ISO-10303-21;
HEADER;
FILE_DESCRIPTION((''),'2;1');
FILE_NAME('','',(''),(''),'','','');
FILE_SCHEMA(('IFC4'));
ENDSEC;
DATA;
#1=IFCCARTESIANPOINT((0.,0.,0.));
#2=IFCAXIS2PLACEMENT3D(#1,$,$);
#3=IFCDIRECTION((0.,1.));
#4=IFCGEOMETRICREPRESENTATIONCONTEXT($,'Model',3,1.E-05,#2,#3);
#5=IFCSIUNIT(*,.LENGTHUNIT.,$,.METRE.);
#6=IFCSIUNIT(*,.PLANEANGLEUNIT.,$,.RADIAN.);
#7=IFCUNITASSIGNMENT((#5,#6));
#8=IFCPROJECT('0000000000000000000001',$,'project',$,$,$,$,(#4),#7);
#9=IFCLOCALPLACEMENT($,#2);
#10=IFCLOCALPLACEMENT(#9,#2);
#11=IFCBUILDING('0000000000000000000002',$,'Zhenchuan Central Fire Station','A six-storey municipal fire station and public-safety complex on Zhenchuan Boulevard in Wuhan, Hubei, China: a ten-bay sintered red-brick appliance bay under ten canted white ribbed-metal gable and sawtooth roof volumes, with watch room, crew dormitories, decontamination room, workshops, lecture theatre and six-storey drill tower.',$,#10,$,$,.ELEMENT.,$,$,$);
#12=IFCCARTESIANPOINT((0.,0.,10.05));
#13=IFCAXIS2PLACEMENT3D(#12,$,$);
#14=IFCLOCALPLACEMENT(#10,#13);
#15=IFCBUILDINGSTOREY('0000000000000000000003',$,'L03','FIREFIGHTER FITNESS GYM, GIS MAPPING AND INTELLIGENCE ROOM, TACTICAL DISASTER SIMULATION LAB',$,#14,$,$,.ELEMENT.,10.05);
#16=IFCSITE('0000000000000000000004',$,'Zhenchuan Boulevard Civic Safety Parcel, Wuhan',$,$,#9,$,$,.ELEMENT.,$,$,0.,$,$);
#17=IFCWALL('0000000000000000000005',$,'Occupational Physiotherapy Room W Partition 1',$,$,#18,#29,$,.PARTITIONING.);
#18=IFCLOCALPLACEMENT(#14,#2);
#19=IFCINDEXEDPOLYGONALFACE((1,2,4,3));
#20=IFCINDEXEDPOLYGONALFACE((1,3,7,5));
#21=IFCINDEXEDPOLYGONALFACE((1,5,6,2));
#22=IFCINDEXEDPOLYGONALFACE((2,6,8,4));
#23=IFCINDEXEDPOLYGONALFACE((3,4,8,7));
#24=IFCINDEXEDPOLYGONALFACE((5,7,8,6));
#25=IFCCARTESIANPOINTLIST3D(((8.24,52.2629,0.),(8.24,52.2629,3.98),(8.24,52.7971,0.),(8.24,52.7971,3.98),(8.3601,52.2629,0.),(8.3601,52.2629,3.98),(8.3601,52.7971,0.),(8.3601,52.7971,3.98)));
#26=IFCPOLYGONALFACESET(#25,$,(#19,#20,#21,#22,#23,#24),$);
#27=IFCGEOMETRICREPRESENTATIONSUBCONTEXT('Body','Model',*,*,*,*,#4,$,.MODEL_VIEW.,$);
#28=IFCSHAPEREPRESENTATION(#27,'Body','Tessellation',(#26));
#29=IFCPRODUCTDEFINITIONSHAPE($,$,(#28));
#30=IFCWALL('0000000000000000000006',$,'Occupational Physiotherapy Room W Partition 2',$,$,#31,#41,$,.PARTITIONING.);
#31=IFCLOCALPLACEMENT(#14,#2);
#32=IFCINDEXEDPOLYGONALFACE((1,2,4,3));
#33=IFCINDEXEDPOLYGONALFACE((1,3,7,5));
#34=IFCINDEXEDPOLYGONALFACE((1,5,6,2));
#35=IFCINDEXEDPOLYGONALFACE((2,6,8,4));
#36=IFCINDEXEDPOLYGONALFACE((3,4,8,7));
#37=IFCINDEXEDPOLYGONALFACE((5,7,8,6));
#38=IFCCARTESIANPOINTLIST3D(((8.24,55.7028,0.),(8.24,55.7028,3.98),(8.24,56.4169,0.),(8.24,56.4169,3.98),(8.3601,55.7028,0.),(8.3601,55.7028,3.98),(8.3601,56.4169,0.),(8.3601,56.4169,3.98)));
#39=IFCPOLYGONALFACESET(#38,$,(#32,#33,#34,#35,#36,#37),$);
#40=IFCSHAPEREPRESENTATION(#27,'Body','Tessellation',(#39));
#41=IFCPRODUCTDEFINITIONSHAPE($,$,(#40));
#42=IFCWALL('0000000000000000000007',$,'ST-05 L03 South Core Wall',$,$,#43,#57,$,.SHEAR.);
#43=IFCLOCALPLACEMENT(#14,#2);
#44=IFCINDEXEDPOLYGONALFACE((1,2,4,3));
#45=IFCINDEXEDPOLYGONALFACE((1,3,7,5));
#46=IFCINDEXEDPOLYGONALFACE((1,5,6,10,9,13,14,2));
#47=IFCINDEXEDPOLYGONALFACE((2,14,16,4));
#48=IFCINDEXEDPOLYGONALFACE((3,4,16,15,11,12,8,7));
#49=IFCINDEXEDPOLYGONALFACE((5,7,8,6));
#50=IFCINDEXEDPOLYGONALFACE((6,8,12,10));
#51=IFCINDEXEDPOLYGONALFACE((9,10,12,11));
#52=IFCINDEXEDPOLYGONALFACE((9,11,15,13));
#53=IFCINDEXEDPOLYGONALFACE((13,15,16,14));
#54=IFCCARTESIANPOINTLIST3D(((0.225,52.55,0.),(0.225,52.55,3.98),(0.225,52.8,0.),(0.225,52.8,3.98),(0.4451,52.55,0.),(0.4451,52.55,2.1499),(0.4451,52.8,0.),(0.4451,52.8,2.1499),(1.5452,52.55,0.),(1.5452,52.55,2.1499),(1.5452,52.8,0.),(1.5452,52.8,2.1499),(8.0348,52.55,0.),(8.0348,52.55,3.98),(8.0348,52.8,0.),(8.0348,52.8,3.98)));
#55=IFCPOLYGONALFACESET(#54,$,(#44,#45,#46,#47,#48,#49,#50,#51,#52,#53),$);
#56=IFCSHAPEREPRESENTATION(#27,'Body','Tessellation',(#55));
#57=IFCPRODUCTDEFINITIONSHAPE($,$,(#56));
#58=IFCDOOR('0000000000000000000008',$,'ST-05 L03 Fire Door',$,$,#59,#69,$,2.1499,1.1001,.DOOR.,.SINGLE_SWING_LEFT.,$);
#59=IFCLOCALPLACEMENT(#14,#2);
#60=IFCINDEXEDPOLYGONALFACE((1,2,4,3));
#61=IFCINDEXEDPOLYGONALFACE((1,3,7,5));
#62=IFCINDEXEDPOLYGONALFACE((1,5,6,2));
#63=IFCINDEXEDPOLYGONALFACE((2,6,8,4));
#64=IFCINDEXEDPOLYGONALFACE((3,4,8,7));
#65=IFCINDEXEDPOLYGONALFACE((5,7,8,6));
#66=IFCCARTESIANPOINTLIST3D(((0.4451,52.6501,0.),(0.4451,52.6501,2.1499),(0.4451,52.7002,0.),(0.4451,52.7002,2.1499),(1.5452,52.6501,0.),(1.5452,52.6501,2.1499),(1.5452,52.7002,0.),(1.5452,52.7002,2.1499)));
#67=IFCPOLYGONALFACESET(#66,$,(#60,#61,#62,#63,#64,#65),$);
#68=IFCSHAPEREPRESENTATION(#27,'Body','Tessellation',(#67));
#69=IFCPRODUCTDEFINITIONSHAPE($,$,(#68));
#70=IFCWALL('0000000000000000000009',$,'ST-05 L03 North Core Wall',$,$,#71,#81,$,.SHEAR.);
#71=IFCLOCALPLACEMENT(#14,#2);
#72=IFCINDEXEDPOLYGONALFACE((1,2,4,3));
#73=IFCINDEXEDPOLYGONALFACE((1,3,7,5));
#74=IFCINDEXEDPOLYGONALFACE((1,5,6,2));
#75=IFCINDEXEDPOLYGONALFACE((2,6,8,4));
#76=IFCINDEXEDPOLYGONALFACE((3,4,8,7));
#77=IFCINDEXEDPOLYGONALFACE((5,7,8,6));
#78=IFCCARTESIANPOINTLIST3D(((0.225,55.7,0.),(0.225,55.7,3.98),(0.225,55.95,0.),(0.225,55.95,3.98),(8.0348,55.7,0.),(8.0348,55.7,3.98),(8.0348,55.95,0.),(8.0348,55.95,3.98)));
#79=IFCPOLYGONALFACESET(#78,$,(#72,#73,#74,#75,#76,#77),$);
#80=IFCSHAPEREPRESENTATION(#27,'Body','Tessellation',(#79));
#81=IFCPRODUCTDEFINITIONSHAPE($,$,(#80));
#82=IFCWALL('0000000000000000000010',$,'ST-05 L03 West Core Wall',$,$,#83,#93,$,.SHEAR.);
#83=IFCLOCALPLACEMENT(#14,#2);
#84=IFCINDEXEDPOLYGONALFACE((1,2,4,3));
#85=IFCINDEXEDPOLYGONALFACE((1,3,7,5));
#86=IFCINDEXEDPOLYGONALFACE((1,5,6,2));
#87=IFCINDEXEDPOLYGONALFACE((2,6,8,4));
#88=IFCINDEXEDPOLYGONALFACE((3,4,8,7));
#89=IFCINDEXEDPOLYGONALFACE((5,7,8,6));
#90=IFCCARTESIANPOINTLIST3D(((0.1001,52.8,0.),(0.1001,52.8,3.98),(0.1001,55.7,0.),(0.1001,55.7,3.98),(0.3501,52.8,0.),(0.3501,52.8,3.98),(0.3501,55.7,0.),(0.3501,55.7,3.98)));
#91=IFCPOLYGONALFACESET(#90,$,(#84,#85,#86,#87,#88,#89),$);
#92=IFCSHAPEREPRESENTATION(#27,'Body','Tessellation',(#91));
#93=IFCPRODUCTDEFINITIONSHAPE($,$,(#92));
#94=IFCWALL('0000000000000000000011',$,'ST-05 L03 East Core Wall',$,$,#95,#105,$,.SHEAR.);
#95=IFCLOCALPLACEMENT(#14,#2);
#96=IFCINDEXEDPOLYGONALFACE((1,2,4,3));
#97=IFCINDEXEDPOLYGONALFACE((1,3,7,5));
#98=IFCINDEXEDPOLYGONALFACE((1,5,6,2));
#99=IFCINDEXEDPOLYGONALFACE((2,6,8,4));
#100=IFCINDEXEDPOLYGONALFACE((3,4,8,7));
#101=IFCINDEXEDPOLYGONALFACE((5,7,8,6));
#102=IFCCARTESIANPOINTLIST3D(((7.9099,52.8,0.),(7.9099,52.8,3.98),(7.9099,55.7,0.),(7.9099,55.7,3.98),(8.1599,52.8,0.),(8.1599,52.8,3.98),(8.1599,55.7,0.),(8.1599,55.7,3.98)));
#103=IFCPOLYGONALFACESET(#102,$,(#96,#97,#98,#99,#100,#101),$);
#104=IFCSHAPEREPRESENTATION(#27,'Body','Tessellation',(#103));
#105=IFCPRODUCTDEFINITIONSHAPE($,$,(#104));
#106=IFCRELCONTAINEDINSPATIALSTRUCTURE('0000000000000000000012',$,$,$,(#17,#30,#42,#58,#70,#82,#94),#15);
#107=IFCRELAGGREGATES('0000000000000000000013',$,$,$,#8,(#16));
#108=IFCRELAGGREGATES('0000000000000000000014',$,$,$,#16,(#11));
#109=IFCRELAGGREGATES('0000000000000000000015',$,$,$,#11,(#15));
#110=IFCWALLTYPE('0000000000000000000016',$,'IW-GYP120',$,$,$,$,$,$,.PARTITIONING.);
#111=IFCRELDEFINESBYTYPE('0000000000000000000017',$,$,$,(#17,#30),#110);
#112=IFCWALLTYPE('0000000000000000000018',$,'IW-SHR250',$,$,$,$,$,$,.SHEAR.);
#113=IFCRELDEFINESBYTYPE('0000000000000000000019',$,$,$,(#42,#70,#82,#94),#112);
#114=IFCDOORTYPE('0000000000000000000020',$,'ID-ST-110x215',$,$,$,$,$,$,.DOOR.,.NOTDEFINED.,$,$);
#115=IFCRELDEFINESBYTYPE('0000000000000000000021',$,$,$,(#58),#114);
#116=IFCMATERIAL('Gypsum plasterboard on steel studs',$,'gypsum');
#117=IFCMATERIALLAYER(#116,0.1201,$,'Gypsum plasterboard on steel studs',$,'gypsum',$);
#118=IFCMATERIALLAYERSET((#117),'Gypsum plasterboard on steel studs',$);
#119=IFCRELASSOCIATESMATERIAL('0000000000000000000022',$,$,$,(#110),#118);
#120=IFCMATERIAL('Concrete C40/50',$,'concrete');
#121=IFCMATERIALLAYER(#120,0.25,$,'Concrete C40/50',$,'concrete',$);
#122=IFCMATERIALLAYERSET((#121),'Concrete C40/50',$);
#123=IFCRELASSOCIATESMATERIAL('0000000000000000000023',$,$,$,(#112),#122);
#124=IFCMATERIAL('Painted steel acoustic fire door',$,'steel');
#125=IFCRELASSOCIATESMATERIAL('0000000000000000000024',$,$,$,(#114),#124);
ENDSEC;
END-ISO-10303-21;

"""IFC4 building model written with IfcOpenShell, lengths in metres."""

from ifc_helpers import new_model, si_unit, direction, frame, frame_2d, origin, place, context, subcontext, project, spatial, rectangle, extrude, material, layer, layer_set, type_object, element, fill, save


model = new_model("IFC4")

# Units and contexts
model_context = context("Model", 3, precision=1e-05, world=origin(), true_north=direction((0.0, 1.0)))
body_context = subcontext(model_context, "Body", "Model", "MODEL_VIEW")
ifc_project = project(units=[si_unit("LENGTHUNIT", "METRE"), si_unit("PLANEANGLEUNIT", "RADIAN")], contexts=[model_context])

# Site, building, storey
site_placement = place(None, origin())
site = spatial("IfcSite", under=ifc_project, at=site_placement, Name="Zhenchuan Boulevard Civic Safety Parcel, Wuhan", CompositionType="ELEMENT", RefElevation=0.0)
building_placement = place(site_placement, origin())
building = spatial("IfcBuilding", under=site, at=building_placement, Name="Zhenchuan Central Fire Station", Description="A six-storey municipal fire station and public-safety complex on Zhenchuan Boulevard in Wuhan, Hubei, China: a ten-bay sintered red-brick appliance bay under ten canted white ribbed-metal gable and sawtooth roof volumes, with watch room, crew dormitories, decontamination room, workshops, lecture theatre and six-storey drill tower.", CompositionType="ELEMENT")
storey_placement = place(building_placement, frame((0.0, 0.0, 10.05)))
storey = spatial("IfcBuildingStorey", under=building, at=storey_placement, Name="L03", Description="FIREFIGHTER FITNESS GYM, GIS MAPPING AND INTELLIGENCE ROOM, TACTICAL DISASTER SIMULATION LAB", CompositionType="ELEMENT", Elevation=10.05)

# Shared definitions
ifc_material_1 = material(Name="Gypsum plasterboard on steel studs", Category="gypsum")
ifc_layer_1 = layer(ifc_material_1, 0.1201, Name="Gypsum plasterboard on steel studs", Category="gypsum")
ifc_layer_set_1 = layer_set([ifc_layer_1], Name="Gypsum plasterboard on steel studs")
wall_type_1 = type_object("IfcWallType", Name="IW-GYP120", PredefinedType="PARTITIONING", material=ifc_layer_set_1)

# Walls
wall_1_placement = place(storey_placement, frame((8.3, 52.2629, 0.0), z_axis=(0.0, 0.0, 1.0), x_axis=(0.0, 1.0, 0.0)))
element("IfcWall", 1, at=wall_1_placement, inside=storey, type_object=wall_type_1, Name="Occupational Physiotherapy Room W Partition 1", PredefinedType="PARTITIONING", context=body_context, shape_type="SweptSolid", body=[
    extrude(rectangle(XDim=0.5342, YDim=0.1201, at=frame_2d((0.2671, 0.0))), origin(), (0.0, 0.0, 1.0), 3.98),
])
wall_2_placement = place(storey_placement, frame((8.3, 55.7029, 0.0), z_axis=(0.0, 0.0, 1.0), x_axis=(0.0, 1.0, 0.0)))
element("IfcWall", 2, at=wall_2_placement, inside=storey, type_object=wall_type_1, Name="Occupational Physiotherapy Room W Partition 2", PredefinedType="PARTITIONING", context=body_context, shape_type="SweptSolid", body=[
    extrude(rectangle(XDim=0.7141, YDim=0.1201, at=frame_2d((0.3569, 0.0))), origin(), (0.0, 0.0, 1.0), 3.98),
])

# Wall, opening, door
ifc_material_2 = material(Name="Concrete C40/50", Category="concrete")
ifc_layer_2 = layer(ifc_material_2, 0.25, Name="Concrete C40/50", Category="concrete")
ifc_layer_set_2 = layer_set([ifc_layer_2], Name="Concrete C40/50")
wall_type_2 = type_object("IfcWallType", Name="IW-SHR250", PredefinedType="SHEAR", material=ifc_layer_set_2)
wall_3_placement = place(storey_placement, frame((0.2251, 52.675, 0.0), z_axis=(0.0, 0.0, 1.0), x_axis=(1.0, 0.0, 0.0)))
wall_3 = element("IfcWall", 3, at=wall_3_placement, inside=storey, type_object=wall_type_2, Name="ST-05 L03 South Core Wall", PredefinedType="SHEAR", context=body_context, shape_type="SweptSolid", body=[
    extrude(rectangle(XDim=7.8098, YDim=0.25, at=frame_2d((3.9048, 0.0))), origin(), (0.0, 0.0, 1.0), 3.98),
])
opening_1_placement = place(wall_3_placement, frame((0.22, 0.0, 0.0)))
opening_1 = element("IfcOpeningElement", 4, at=opening_1_placement, cuts=wall_3, PredefinedType="OPENING", context=body_context, shape_type="SweptSolid", body=[
    extrude(rectangle(XDim=1.1001, YDim=2.1499, at=frame_2d((0.55, 1.075))), frame((0.0, 0.135, 0.0), z_axis=(0.0, -1.0, 0.0), x_axis=(1.0, 0.0, 0.0)), (0.0, 0.0, 1.0), 0.27),
])
ifc_material_3 = material(Name="Painted steel acoustic fire door", Category="steel")
door_type_1 = type_object("IfcDoorType", Name="ID-ST-110x215", OperationType="NOTDEFINED", PredefinedType="DOOR", material=ifc_material_3)
door_1_placement = place(opening_1_placement, frame((1.1001, 0.0, 0.0), z_axis=(0.0, 0.0, 1.0), x_axis=(-1.0, 0.0, 0.0)))
door_1 = element("IfcDoor", 5, at=door_1_placement, inside=storey, type_object=door_type_1, Name="ST-05 L03 Fire Door", OperationType="SINGLE_SWING_LEFT", OverallHeight=2.1499, OverallWidth=1.1001, PredefinedType="DOOR", context=body_context, shape_type="SweptSolid", body=[
    extrude(rectangle(XDim=1.1001, YDim=2.1499, at=frame_2d((0.55, 1.075))), frame((0.0, 0.0249, 0.0), z_axis=(0.0, -1.0, 0.0), x_axis=(1.0, 0.0, 0.0)), (0.0, 0.0, 1.0), 0.05),
])
fill(opening_1, door_1)

# Walls
wall_4_placement = place(storey_placement, frame((0.2251, 55.825, 0.0), z_axis=(0.0, 0.0, 1.0), x_axis=(1.0, 0.0, 0.0)))
element("IfcWall", 6, at=wall_4_placement, inside=storey, type_object=wall_type_2, Name="ST-05 L03 North Core Wall", PredefinedType="SHEAR", context=body_context, shape_type="SweptSolid", body=[
    extrude(rectangle(XDim=7.8098, YDim=0.25, at=frame_2d((3.9048, 0.0))), origin(), (0.0, 0.0, 1.0), 3.98),
])
for number, where, z_axis, x_axis, name in (
    (7, (0.2251, 52.8, 0.0), (0.0, 0.0, 1.0), (0.0, 1.0, 0.0), "ST-05 L03 West Core Wall"),
    (8, (8.0349, 52.8, 0.0), (0.0, 0.0, 1.0), (0.0, 1.0, 0.0), "ST-05 L03 East Core Wall"),
):
    element("IfcWall", number, at=place(storey_placement, frame(where, z_axis=z_axis, x_axis=x_axis)), inside=storey, type_object=wall_type_2, Name=name, PredefinedType="SHEAR", context=body_context, shape_type="SweptSolid", body=[
        extrude(rectangle(XDim=2.8999, YDim=0.25, at=frame_2d((1.45, 0.0))), origin(), (0.0, 0.0, 1.0), 3.98),
    ])

save(model, "model.ifc")
